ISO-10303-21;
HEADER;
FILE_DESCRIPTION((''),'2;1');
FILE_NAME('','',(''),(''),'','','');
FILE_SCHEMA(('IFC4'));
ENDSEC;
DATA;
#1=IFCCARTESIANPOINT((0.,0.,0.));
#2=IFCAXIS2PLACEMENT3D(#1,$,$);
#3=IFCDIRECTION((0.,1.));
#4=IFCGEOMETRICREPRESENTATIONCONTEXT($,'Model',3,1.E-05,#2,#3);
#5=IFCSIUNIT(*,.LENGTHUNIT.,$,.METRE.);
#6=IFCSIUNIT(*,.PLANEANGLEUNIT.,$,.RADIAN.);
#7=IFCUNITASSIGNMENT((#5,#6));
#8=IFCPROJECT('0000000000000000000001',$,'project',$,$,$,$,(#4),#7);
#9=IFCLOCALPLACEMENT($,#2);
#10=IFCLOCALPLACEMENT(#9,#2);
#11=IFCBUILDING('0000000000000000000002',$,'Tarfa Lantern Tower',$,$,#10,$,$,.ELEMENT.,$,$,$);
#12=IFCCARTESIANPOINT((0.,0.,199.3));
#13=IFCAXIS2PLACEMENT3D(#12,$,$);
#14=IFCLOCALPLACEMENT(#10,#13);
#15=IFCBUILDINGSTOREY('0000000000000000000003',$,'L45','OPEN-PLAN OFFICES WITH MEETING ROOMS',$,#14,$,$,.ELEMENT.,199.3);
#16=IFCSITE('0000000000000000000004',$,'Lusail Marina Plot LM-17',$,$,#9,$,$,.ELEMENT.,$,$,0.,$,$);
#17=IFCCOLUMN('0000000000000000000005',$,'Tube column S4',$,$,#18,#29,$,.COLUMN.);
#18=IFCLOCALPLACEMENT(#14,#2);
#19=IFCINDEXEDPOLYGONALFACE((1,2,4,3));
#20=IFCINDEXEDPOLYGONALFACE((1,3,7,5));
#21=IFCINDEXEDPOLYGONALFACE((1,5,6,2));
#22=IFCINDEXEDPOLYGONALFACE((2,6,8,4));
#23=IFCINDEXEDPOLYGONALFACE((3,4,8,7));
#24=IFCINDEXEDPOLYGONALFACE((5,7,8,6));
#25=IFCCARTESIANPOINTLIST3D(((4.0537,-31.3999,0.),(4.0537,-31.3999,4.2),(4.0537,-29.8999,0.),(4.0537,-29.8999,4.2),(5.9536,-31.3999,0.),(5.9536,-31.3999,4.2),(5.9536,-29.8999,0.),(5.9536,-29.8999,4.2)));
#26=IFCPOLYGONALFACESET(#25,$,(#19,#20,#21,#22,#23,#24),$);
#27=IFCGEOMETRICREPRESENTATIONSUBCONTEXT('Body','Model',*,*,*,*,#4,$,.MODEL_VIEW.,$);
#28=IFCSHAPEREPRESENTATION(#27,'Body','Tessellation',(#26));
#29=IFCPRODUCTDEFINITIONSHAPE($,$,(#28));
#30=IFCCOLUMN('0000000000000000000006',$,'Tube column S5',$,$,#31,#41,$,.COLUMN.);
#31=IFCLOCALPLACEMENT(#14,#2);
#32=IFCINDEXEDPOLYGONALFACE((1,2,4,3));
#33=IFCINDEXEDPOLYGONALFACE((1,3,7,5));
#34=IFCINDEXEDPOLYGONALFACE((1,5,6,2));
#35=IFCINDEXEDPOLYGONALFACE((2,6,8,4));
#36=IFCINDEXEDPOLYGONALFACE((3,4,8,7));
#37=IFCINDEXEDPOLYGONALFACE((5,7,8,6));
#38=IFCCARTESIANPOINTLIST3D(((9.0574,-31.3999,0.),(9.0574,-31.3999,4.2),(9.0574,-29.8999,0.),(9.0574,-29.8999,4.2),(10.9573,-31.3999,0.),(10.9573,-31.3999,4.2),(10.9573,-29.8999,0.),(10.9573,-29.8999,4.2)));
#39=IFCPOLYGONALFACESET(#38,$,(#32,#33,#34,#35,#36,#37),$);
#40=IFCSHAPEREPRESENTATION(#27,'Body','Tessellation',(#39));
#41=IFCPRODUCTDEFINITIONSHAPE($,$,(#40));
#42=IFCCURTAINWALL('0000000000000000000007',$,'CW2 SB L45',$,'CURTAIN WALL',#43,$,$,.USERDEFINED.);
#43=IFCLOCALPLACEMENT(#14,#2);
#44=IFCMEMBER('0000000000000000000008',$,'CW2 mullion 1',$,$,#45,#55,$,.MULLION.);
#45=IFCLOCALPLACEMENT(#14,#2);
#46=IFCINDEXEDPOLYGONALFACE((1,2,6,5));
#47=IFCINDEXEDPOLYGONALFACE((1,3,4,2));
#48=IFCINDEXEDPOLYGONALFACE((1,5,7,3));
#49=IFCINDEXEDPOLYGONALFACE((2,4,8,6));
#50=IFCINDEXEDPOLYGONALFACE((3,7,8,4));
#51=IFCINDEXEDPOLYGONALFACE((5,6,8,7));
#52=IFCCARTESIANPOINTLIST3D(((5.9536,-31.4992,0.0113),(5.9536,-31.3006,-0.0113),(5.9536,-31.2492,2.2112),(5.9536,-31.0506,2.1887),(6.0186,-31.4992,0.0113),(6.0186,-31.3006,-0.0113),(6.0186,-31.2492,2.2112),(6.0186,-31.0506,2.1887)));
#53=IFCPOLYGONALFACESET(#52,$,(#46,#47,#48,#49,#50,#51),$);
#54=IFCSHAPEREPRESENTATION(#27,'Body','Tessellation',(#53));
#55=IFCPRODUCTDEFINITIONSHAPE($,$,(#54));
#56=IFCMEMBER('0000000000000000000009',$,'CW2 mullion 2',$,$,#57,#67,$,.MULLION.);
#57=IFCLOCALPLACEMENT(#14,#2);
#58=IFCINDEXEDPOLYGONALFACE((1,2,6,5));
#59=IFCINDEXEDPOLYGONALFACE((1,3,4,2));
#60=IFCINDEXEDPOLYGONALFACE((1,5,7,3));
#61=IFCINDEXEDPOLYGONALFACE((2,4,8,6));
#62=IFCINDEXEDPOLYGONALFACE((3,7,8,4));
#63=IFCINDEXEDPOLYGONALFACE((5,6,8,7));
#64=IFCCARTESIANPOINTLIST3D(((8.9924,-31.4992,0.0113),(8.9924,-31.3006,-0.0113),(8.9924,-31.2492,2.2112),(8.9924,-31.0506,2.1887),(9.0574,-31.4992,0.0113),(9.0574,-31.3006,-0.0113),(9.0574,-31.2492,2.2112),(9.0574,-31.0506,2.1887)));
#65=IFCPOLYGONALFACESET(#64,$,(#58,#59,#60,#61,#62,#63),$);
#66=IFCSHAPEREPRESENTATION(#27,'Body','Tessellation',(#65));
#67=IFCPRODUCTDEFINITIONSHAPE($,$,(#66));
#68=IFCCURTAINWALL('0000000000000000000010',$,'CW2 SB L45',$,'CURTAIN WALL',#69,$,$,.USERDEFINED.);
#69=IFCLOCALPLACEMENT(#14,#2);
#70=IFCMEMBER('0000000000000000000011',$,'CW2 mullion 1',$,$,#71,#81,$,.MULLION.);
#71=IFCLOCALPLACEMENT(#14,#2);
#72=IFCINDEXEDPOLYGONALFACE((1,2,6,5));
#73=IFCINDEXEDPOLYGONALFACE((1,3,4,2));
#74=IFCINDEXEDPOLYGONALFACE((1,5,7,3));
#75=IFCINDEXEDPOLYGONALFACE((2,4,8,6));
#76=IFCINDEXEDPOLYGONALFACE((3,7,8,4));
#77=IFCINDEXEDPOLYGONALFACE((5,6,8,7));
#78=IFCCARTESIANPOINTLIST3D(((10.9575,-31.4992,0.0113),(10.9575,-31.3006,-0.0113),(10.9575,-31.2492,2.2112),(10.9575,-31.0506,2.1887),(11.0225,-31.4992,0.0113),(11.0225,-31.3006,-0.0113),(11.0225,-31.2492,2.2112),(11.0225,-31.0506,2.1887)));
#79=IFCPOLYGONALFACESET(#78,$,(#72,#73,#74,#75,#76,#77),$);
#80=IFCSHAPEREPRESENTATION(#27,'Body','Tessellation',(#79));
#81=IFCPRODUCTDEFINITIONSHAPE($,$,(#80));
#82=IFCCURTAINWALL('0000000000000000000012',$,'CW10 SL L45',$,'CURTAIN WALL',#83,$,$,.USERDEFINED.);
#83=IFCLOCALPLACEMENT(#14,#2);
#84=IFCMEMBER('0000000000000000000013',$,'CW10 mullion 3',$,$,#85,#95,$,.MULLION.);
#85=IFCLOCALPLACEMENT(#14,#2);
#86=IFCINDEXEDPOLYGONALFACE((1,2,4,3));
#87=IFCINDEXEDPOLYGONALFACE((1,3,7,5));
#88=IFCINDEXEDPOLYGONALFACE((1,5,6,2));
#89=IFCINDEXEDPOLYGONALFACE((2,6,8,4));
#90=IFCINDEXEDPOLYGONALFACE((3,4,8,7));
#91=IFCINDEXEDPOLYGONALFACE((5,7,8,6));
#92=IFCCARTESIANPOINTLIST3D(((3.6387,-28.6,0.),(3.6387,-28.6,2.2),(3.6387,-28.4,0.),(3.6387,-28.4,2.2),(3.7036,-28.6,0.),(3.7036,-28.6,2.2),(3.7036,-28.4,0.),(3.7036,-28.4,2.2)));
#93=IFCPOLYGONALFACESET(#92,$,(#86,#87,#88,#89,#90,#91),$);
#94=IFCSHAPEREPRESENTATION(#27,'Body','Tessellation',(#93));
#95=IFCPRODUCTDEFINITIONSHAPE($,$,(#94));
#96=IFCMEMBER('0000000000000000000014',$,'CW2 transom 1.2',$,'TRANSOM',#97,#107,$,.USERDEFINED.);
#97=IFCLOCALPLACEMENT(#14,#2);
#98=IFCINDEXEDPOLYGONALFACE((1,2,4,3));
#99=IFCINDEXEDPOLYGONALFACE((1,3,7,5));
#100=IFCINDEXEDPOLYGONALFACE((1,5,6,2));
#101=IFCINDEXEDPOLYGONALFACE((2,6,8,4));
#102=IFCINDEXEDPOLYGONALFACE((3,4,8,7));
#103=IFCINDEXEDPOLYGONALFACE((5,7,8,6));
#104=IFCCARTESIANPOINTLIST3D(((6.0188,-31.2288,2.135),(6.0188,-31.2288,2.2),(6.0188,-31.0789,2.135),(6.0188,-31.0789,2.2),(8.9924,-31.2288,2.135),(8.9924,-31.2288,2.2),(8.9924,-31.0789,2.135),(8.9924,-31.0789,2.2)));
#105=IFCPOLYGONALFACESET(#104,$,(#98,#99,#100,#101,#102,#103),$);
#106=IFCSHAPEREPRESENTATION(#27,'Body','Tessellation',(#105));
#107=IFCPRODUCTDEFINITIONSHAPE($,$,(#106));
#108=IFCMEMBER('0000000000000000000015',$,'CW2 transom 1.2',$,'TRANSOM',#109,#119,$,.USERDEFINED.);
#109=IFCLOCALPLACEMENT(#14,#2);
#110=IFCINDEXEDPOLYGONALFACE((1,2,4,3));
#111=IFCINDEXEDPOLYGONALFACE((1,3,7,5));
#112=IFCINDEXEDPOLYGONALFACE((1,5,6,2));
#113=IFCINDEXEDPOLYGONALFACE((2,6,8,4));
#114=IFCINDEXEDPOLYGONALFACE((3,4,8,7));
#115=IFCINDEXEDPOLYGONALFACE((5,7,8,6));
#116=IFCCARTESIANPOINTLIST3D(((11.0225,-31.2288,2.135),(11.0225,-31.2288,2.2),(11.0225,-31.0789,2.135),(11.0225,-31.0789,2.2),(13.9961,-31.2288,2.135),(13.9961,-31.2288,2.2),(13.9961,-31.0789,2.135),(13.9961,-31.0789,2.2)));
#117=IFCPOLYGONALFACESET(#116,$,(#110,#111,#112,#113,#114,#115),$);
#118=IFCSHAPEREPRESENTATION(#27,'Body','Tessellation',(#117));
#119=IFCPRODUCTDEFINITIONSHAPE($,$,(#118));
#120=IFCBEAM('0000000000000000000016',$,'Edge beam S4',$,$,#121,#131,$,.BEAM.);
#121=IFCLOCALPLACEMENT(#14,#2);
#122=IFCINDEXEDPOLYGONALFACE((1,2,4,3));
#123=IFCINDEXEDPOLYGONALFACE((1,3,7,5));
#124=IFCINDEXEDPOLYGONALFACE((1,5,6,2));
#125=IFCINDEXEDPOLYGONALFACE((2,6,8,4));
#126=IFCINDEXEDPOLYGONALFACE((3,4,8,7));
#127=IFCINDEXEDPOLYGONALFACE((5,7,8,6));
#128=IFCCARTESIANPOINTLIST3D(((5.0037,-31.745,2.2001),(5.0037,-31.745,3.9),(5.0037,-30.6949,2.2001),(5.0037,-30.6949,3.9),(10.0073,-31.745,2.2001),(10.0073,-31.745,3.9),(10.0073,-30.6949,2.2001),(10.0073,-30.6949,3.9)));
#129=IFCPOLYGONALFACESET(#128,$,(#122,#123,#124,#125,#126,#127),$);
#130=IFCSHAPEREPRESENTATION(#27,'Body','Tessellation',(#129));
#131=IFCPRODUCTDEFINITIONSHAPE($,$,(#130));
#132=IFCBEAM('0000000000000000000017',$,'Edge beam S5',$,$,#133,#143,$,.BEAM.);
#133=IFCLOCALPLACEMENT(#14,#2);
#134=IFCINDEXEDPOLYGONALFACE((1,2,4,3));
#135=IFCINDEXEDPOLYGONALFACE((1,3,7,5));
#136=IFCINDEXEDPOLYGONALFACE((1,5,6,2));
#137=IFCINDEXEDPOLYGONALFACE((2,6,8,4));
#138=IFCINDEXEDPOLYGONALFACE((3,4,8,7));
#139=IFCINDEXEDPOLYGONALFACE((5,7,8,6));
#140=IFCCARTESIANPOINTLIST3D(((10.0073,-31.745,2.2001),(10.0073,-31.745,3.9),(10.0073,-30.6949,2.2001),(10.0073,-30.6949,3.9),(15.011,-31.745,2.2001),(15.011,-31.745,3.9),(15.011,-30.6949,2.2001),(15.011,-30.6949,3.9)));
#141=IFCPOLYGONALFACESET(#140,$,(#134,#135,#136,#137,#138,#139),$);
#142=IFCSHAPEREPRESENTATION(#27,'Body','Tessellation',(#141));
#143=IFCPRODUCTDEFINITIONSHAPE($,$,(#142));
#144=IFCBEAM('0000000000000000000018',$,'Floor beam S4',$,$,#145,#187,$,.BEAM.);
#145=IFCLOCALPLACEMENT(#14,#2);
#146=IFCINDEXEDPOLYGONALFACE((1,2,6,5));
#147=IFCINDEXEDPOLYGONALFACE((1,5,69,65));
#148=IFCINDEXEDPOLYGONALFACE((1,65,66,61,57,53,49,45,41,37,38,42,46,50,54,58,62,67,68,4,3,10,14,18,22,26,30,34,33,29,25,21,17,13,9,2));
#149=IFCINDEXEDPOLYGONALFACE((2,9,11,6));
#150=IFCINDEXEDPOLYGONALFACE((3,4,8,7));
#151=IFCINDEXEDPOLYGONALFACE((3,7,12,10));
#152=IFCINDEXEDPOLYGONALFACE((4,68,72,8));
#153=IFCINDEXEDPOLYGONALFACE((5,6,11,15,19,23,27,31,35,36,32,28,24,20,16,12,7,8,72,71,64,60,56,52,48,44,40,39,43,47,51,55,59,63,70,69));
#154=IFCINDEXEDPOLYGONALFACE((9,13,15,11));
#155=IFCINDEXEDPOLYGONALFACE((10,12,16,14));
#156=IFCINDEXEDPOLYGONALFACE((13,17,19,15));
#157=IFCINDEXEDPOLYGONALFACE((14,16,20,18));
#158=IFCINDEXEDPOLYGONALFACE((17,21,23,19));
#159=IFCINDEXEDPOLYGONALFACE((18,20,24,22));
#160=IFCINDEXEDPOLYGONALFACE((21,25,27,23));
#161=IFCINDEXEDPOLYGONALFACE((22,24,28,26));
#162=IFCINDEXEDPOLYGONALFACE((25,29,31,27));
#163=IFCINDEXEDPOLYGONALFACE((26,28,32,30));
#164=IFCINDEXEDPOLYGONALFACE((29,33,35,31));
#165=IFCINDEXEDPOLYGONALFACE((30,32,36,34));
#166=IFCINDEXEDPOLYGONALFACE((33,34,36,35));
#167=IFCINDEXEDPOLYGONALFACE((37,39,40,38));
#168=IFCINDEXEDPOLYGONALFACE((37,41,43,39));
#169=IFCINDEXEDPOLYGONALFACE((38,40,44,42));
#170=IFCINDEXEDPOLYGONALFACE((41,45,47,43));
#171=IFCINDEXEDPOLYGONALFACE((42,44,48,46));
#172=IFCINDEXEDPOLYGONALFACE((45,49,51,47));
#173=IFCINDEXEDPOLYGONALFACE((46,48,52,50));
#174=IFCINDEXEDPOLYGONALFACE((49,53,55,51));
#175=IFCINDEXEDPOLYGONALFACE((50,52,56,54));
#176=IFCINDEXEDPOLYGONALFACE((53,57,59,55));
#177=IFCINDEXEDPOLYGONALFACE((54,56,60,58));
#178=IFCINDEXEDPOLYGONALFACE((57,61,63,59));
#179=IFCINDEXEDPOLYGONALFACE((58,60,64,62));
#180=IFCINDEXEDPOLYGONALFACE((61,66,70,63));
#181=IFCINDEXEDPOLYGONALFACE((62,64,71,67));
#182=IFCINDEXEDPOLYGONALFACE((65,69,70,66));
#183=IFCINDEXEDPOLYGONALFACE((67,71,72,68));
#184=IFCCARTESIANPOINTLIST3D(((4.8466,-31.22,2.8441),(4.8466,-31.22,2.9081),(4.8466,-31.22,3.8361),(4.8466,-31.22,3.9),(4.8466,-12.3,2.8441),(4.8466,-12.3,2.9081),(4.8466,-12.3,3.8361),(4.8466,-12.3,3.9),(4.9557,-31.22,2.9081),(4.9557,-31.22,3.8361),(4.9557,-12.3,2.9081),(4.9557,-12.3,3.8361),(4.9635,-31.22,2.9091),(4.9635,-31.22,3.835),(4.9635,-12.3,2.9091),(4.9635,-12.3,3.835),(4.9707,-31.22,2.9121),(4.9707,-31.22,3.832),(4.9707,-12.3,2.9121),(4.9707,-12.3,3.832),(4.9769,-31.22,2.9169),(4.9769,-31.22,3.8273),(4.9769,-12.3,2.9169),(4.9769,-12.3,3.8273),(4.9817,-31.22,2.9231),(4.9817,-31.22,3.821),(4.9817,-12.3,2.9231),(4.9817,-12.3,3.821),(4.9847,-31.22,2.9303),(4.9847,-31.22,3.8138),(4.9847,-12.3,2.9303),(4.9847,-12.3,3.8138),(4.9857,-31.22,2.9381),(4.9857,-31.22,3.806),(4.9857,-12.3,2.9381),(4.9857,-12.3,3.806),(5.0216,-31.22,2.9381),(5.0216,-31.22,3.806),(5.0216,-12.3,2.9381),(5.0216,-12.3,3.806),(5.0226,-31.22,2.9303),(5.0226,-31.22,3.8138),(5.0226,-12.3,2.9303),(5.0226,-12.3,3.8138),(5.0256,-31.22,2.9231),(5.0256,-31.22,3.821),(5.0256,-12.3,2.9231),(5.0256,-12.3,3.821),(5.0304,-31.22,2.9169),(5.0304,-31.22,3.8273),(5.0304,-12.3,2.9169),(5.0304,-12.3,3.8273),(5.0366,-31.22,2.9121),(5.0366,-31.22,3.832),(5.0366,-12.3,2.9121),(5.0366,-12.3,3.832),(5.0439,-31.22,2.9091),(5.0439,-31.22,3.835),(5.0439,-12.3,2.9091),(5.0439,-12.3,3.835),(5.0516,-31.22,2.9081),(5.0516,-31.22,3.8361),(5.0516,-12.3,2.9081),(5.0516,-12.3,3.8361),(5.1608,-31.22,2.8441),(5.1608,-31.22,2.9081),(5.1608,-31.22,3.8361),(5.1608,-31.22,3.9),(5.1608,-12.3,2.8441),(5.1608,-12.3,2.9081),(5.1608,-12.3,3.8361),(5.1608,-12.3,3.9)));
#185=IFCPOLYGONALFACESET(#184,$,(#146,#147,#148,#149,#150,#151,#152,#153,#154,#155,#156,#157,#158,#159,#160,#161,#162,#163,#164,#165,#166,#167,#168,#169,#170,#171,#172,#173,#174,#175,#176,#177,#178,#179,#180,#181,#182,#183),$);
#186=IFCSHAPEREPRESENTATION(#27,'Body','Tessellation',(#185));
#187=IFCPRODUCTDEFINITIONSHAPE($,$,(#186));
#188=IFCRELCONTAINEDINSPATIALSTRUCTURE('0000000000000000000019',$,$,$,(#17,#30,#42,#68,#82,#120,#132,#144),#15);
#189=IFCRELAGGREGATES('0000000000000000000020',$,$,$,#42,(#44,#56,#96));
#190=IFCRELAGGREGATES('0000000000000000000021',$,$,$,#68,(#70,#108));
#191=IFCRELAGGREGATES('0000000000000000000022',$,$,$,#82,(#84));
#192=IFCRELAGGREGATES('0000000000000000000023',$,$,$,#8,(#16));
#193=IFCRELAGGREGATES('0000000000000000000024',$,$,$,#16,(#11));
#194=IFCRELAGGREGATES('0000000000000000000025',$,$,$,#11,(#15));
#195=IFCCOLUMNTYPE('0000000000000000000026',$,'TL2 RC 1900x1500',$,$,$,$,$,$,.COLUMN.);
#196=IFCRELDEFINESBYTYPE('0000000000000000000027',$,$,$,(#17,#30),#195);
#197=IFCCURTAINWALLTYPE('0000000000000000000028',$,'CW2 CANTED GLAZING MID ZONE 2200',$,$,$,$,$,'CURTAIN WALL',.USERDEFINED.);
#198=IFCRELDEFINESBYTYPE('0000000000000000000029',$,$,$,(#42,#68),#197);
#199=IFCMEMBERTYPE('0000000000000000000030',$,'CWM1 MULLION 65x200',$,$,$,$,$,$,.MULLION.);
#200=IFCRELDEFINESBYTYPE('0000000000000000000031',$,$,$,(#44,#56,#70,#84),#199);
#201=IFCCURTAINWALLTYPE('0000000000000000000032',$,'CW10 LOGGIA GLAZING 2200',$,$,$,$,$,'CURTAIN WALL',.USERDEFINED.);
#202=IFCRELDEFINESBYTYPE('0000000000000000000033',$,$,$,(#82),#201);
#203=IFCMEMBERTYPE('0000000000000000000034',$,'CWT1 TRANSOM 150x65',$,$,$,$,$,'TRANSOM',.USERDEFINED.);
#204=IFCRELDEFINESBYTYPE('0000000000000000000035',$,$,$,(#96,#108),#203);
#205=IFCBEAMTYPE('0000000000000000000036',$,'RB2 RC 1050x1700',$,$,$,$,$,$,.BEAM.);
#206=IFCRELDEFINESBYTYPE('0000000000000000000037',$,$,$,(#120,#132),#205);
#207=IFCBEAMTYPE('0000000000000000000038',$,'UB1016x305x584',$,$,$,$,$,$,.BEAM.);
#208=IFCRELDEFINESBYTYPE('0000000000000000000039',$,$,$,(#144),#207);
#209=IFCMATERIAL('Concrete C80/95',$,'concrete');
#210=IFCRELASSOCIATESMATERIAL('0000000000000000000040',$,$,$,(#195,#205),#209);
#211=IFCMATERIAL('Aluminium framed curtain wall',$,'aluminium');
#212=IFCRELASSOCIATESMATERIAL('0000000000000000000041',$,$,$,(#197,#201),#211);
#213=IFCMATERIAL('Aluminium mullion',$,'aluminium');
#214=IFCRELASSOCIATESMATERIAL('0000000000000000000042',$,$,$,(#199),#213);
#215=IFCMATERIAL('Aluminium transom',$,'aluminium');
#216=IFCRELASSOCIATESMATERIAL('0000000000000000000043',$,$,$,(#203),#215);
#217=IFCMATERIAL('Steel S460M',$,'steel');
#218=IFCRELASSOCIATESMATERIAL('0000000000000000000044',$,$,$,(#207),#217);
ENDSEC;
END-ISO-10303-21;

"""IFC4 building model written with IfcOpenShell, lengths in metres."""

from ifc_helpers import new_model, si_unit, direction, frame, origin, origin_2d, place, context, subcontext, project, spatial, rectangle, i_section, extrude, material, material_profile, profile_set, type_object, element, aggregate, save


model = new_model("IFC4")

# Units and contexts
model_context = context("Model", 3, precision=1e-05, world=origin(), true_north=direction((0.0, 1.0)))
body_context = subcontext(model_context, "Body", "Model", "MODEL_VIEW")
ifc_project = project(units=[si_unit("LENGTHUNIT", "METRE"), si_unit("PLANEANGLEUNIT", "RADIAN")], contexts=[model_context])

# Site, building, storey
site_placement = place(None, origin())
site = spatial("IfcSite", under=ifc_project, at=site_placement, Name="Lusail Marina Plot LM-17", CompositionType="ELEMENT", RefElevation=0.0)
building_placement = place(site_placement, origin())
building = spatial("IfcBuilding", under=site, at=building_placement, Name="Tarfa Lantern Tower", CompositionType="ELEMENT")
storey_placement = place(building_placement, frame((0.0, 0.0, 199.3)))
storey = spatial("IfcBuildingStorey", under=building, at=storey_placement, Name="L45", Description="OPEN-PLAN OFFICES WITH MEETING ROOMS", CompositionType="ELEMENT", Elevation=199.3)

# Columns
ifc_material_1 = material(Name="Concrete C80/95", Category="concrete")
ifc_material_profile_1 = material_profile(ifc_material_1, rectangle(XDim=1.8999, YDim=1.5, at=origin_2d()), Name="RC 1900x1500")
ifc_profile_set_1 = profile_set([ifc_material_profile_1], Name="Concrete C80/95")
column_type = type_object("IfcColumnType", Name="TL2 RC 1900x1500", PredefinedType="COLUMN", material=ifc_profile_set_1)
for number, where, z_axis, x_axis, name in (
    (1, (5.0037, -30.6499, 0.0), (0.0, 0.0, 1.0), (1.0, 0.0, 0.0), "Tube column S4"),
    (2, (10.0073, -30.6499, 0.0), (0.0, 0.0, 1.0), (1.0, 0.0, 0.0), "Tube column S5"),
):
    element("IfcColumn", number, at=place(storey_placement, frame(where, z_axis=z_axis, x_axis=x_axis)), inside=storey, type_object=column_type, Name=name, PredefinedType="COLUMN", context=body_context, shape_type="SweptSolid", body=[
        extrude(rectangle(XDim=1.8999, YDim=1.5, at=origin_2d()), origin(), (0.0, 0.0, 1.0), 4.2),
    ])

# Curtain wall, members
ifc_material_2 = material(Name="Aluminium framed curtain wall", Category="aluminium")
curtain_wall_type_1 = type_object("IfcCurtainWallType", Name="CW2 CANTED GLAZING MID ZONE 2200", ElementType="CURTAIN WALL", PredefinedType="USERDEFINED", material=ifc_material_2)
curtain_wall_1_placement = place(storey_placement, origin())
curtain_wall_1 = element("IfcCurtainWall", 3, at=curtain_wall_1_placement, inside=storey, type_object=curtain_wall_type_1, Name="CW2 SB L45", ObjectType="CURTAIN WALL", PredefinedType="USERDEFINED")
ifc_material_3 = material(Name="Aluminium mullion", Category="aluminium")
ifc_material_profile_2 = material_profile(ifc_material_3, rectangle(XDim=0.0649, YDim=0.2, at=origin_2d()), Name="AL MULLION 65x200")
ifc_profile_set_2 = profile_set([ifc_material_profile_2], Name="Aluminium mullion")
member_type_1 = type_object("IfcMemberType", Name="CWM1 MULLION 65x200", PredefinedType="MULLION", material=ifc_profile_set_2)
member_1_placement = place(storey_placement, frame((5.9861, -31.3999, 0.0), z_axis=(0.0, 0.112912, 0.993605), x_axis=(-1.0, 0.0, 0.0)))
member_1 = element("IfcMember", 4, at=member_1_placement, type_object=member_type_1, Name="CW2 mullion 1", PredefinedType="MULLION", context=body_context, shape_type="SweptSolid", body=[
    extrude(rectangle(XDim=0.0649, YDim=0.2, at=origin_2d()), origin(), (0.0, 0.0, 1.0), 2.2141),
])
member_2_placement = place(storey_placement, frame((9.0249, -31.3999, 0.0), z_axis=(0.0, 0.112912, 0.993605), x_axis=(-1.0, 0.0, 0.0)))
member_2 = element("IfcMember", 5, at=member_2_placement, type_object=member_type_1, Name="CW2 mullion 2", PredefinedType="MULLION", context=body_context, shape_type="SweptSolid", body=[
    extrude(rectangle(XDim=0.0649, YDim=0.2, at=origin_2d()), origin(), (0.0, 0.0, 1.0), 2.2141),
])

# Curtain walls, members
curtain_wall_2_placement = place(storey_placement, origin())
curtain_wall_2 = element("IfcCurtainWall", 6, at=curtain_wall_2_placement, inside=storey, type_object=curtain_wall_type_1, Name="CW2 SB L45", ObjectType="CURTAIN WALL", PredefinedType="USERDEFINED")
member_3_placement = place(storey_placement, frame((10.99, -31.3999, 0.0), z_axis=(0.0, 0.112912, 0.993605), x_axis=(-1.0, 0.0, 0.0)))
member_3 = element("IfcMember", 7, at=member_3_placement, type_object=member_type_1, Name="CW2 mullion 1", PredefinedType="MULLION", context=body_context, shape_type="SweptSolid", body=[
    extrude(rectangle(XDim=0.0649, YDim=0.2, at=origin_2d()), origin(), (0.0, 0.0, 1.0), 2.2141),
])
curtain_wall_type_2 = type_object("IfcCurtainWallType", Name="CW10 LOGGIA GLAZING 2200", ElementType="CURTAIN WALL", PredefinedType="USERDEFINED", material=ifc_material_2)
curtain_wall_3_placement = place(storey_placement, origin())
curtain_wall_3 = element("IfcCurtainWall", 8, at=curtain_wall_3_placement, inside=storey, type_object=curtain_wall_type_2, Name="CW10 SL L45", ObjectType="CURTAIN WALL", PredefinedType="USERDEFINED")
member_4_placement = place(storey_placement, frame((3.6711, -28.5, 0.0), z_axis=(0.0, 0.0, 1.0), x_axis=(1.0, 0.0, 0.0)))
member_4 = element("IfcMember", 9, at=member_4_placement, type_object=member_type_1, Name="CW10 mullion 3", PredefinedType="MULLION", context=body_context, shape_type="SweptSolid", body=[
    extrude(rectangle(XDim=0.0649, YDim=0.2, at=origin_2d()), origin(), (0.0, 0.0, 1.0), 2.2),
])

# Members
ifc_material_4 = material(Name="Aluminium transom", Category="aluminium")
ifc_material_profile_3 = material_profile(ifc_material_4, rectangle(XDim=0.1499, YDim=0.0649, at=origin_2d()), Name="AL TRANSOM 150x65")
ifc_profile_set_3 = profile_set([ifc_material_profile_3], Name="Aluminium transom")
member_type_2 = type_object("IfcMemberType", Name="CWT1 TRANSOM 150x65", ElementType="TRANSOM", PredefinedType="USERDEFINED", material=ifc_profile_set_3)
member_5_placement = place(storey_placement, frame((6.0188, -31.1538, 2.1675), z_axis=(1.0, 0.0, 0.0), x_axis=(0.0, 1.0, 0.0)))
member_5 = element("IfcMember", 10, at=member_5_placement, type_object=member_type_2, Name="CW2 transom 1.2", ObjectType="TRANSOM", PredefinedType="USERDEFINED", context=body_context, shape_type="SweptSolid", body=[
    extrude(rectangle(XDim=0.1499, YDim=0.0649, at=origin_2d()), origin(), (0.0, 0.0, 1.0), 2.9736),
])
member_6_placement = place(storey_placement, frame((11.0225, -31.1538, 2.1675), z_axis=(1.0, 0.0, 0.0), x_axis=(0.0, 1.0, 0.0)))
member_6 = element("IfcMember", 11, at=member_6_placement, type_object=member_type_2, Name="CW2 transom 1.2", ObjectType="TRANSOM", PredefinedType="USERDEFINED", context=body_context, shape_type="SweptSolid", body=[
    extrude(rectangle(XDim=0.1499, YDim=0.0649, at=origin_2d()), origin(), (0.0, 0.0, 1.0), 2.9736),
])

# Beams
ifc_material_profile_4 = material_profile(ifc_material_1, rectangle(XDim=1.05, YDim=1.7, at=origin_2d()), Name="RC 1050x1700")
ifc_profile_set_4 = profile_set([ifc_material_profile_4], Name="Concrete C80/95")
beam_type_1 = type_object("IfcBeamType", Name="RB2 RC 1050x1700", PredefinedType="BEAM", material=ifc_profile_set_4)
for number, where, z_axis, x_axis, name in (
    (12, (5.0037, -31.22, 3.05), (1.0, 0.0, 0.0), (0.0, 1.0, 0.0), "Edge beam S4"),
    (13, (10.0073, -31.22, 3.05), (1.0, 0.0, 0.0), (0.0, 1.0, 0.0), "Edge beam S5"),
):
    element("IfcBeam", number, at=place(storey_placement, frame(where, z_axis=z_axis, x_axis=x_axis)), inside=storey, type_object=beam_type_1, Name=name, PredefinedType="BEAM", context=body_context, shape_type="SweptSolid", body=[
        extrude(rectangle(XDim=1.05, YDim=1.7, at=origin_2d()), origin(), (0.0, 0.0, 1.0), 5.0037),
    ])
ifc_material_5 = material(Name="Steel S460M", Category="steel")
ifc_material_profile_5 = material_profile(ifc_material_5, i_section(OverallWidth=0.3142, OverallDepth=1.0559, WebThickness=0.0359, FlangeThickness=0.064, FilletRadius=0.03, at=origin_2d()), Name="UB1016x305x584")
ifc_profile_set_5 = profile_set([ifc_material_profile_5], Name="Steel S460M")
beam_type_2 = type_object("IfcBeamType", Name="UB1016x305x584", PredefinedType="BEAM", material=ifc_profile_set_5)
for number, where, z_axis, x_axis, name in (
    (14, (5.0037, -31.22, 3.3721), (0.0, 1.0, 0.0), (-1.0, 0.0, 0.0), "Floor beam S4"),
):
    element("IfcBeam", number, at=place(storey_placement, frame(where, z_axis=z_axis, x_axis=x_axis)), inside=storey, type_object=beam_type_2, Name=name, PredefinedType="BEAM", context=body_context, shape_type="SweptSolid", body=[
        extrude(i_section(OverallWidth=0.3142, OverallDepth=1.0559, WebThickness=0.0359, FlangeThickness=0.064, FilletRadius=0.03, at=origin_2d()), origin(), (0.0, 0.0, 1.0), 18.9199),
    ])

aggregate(curtain_wall_1, [member_1, member_2, member_5])
aggregate(curtain_wall_2, [member_3, member_6])
aggregate(curtain_wall_3, [member_4])

save(model, "model.ifc")
